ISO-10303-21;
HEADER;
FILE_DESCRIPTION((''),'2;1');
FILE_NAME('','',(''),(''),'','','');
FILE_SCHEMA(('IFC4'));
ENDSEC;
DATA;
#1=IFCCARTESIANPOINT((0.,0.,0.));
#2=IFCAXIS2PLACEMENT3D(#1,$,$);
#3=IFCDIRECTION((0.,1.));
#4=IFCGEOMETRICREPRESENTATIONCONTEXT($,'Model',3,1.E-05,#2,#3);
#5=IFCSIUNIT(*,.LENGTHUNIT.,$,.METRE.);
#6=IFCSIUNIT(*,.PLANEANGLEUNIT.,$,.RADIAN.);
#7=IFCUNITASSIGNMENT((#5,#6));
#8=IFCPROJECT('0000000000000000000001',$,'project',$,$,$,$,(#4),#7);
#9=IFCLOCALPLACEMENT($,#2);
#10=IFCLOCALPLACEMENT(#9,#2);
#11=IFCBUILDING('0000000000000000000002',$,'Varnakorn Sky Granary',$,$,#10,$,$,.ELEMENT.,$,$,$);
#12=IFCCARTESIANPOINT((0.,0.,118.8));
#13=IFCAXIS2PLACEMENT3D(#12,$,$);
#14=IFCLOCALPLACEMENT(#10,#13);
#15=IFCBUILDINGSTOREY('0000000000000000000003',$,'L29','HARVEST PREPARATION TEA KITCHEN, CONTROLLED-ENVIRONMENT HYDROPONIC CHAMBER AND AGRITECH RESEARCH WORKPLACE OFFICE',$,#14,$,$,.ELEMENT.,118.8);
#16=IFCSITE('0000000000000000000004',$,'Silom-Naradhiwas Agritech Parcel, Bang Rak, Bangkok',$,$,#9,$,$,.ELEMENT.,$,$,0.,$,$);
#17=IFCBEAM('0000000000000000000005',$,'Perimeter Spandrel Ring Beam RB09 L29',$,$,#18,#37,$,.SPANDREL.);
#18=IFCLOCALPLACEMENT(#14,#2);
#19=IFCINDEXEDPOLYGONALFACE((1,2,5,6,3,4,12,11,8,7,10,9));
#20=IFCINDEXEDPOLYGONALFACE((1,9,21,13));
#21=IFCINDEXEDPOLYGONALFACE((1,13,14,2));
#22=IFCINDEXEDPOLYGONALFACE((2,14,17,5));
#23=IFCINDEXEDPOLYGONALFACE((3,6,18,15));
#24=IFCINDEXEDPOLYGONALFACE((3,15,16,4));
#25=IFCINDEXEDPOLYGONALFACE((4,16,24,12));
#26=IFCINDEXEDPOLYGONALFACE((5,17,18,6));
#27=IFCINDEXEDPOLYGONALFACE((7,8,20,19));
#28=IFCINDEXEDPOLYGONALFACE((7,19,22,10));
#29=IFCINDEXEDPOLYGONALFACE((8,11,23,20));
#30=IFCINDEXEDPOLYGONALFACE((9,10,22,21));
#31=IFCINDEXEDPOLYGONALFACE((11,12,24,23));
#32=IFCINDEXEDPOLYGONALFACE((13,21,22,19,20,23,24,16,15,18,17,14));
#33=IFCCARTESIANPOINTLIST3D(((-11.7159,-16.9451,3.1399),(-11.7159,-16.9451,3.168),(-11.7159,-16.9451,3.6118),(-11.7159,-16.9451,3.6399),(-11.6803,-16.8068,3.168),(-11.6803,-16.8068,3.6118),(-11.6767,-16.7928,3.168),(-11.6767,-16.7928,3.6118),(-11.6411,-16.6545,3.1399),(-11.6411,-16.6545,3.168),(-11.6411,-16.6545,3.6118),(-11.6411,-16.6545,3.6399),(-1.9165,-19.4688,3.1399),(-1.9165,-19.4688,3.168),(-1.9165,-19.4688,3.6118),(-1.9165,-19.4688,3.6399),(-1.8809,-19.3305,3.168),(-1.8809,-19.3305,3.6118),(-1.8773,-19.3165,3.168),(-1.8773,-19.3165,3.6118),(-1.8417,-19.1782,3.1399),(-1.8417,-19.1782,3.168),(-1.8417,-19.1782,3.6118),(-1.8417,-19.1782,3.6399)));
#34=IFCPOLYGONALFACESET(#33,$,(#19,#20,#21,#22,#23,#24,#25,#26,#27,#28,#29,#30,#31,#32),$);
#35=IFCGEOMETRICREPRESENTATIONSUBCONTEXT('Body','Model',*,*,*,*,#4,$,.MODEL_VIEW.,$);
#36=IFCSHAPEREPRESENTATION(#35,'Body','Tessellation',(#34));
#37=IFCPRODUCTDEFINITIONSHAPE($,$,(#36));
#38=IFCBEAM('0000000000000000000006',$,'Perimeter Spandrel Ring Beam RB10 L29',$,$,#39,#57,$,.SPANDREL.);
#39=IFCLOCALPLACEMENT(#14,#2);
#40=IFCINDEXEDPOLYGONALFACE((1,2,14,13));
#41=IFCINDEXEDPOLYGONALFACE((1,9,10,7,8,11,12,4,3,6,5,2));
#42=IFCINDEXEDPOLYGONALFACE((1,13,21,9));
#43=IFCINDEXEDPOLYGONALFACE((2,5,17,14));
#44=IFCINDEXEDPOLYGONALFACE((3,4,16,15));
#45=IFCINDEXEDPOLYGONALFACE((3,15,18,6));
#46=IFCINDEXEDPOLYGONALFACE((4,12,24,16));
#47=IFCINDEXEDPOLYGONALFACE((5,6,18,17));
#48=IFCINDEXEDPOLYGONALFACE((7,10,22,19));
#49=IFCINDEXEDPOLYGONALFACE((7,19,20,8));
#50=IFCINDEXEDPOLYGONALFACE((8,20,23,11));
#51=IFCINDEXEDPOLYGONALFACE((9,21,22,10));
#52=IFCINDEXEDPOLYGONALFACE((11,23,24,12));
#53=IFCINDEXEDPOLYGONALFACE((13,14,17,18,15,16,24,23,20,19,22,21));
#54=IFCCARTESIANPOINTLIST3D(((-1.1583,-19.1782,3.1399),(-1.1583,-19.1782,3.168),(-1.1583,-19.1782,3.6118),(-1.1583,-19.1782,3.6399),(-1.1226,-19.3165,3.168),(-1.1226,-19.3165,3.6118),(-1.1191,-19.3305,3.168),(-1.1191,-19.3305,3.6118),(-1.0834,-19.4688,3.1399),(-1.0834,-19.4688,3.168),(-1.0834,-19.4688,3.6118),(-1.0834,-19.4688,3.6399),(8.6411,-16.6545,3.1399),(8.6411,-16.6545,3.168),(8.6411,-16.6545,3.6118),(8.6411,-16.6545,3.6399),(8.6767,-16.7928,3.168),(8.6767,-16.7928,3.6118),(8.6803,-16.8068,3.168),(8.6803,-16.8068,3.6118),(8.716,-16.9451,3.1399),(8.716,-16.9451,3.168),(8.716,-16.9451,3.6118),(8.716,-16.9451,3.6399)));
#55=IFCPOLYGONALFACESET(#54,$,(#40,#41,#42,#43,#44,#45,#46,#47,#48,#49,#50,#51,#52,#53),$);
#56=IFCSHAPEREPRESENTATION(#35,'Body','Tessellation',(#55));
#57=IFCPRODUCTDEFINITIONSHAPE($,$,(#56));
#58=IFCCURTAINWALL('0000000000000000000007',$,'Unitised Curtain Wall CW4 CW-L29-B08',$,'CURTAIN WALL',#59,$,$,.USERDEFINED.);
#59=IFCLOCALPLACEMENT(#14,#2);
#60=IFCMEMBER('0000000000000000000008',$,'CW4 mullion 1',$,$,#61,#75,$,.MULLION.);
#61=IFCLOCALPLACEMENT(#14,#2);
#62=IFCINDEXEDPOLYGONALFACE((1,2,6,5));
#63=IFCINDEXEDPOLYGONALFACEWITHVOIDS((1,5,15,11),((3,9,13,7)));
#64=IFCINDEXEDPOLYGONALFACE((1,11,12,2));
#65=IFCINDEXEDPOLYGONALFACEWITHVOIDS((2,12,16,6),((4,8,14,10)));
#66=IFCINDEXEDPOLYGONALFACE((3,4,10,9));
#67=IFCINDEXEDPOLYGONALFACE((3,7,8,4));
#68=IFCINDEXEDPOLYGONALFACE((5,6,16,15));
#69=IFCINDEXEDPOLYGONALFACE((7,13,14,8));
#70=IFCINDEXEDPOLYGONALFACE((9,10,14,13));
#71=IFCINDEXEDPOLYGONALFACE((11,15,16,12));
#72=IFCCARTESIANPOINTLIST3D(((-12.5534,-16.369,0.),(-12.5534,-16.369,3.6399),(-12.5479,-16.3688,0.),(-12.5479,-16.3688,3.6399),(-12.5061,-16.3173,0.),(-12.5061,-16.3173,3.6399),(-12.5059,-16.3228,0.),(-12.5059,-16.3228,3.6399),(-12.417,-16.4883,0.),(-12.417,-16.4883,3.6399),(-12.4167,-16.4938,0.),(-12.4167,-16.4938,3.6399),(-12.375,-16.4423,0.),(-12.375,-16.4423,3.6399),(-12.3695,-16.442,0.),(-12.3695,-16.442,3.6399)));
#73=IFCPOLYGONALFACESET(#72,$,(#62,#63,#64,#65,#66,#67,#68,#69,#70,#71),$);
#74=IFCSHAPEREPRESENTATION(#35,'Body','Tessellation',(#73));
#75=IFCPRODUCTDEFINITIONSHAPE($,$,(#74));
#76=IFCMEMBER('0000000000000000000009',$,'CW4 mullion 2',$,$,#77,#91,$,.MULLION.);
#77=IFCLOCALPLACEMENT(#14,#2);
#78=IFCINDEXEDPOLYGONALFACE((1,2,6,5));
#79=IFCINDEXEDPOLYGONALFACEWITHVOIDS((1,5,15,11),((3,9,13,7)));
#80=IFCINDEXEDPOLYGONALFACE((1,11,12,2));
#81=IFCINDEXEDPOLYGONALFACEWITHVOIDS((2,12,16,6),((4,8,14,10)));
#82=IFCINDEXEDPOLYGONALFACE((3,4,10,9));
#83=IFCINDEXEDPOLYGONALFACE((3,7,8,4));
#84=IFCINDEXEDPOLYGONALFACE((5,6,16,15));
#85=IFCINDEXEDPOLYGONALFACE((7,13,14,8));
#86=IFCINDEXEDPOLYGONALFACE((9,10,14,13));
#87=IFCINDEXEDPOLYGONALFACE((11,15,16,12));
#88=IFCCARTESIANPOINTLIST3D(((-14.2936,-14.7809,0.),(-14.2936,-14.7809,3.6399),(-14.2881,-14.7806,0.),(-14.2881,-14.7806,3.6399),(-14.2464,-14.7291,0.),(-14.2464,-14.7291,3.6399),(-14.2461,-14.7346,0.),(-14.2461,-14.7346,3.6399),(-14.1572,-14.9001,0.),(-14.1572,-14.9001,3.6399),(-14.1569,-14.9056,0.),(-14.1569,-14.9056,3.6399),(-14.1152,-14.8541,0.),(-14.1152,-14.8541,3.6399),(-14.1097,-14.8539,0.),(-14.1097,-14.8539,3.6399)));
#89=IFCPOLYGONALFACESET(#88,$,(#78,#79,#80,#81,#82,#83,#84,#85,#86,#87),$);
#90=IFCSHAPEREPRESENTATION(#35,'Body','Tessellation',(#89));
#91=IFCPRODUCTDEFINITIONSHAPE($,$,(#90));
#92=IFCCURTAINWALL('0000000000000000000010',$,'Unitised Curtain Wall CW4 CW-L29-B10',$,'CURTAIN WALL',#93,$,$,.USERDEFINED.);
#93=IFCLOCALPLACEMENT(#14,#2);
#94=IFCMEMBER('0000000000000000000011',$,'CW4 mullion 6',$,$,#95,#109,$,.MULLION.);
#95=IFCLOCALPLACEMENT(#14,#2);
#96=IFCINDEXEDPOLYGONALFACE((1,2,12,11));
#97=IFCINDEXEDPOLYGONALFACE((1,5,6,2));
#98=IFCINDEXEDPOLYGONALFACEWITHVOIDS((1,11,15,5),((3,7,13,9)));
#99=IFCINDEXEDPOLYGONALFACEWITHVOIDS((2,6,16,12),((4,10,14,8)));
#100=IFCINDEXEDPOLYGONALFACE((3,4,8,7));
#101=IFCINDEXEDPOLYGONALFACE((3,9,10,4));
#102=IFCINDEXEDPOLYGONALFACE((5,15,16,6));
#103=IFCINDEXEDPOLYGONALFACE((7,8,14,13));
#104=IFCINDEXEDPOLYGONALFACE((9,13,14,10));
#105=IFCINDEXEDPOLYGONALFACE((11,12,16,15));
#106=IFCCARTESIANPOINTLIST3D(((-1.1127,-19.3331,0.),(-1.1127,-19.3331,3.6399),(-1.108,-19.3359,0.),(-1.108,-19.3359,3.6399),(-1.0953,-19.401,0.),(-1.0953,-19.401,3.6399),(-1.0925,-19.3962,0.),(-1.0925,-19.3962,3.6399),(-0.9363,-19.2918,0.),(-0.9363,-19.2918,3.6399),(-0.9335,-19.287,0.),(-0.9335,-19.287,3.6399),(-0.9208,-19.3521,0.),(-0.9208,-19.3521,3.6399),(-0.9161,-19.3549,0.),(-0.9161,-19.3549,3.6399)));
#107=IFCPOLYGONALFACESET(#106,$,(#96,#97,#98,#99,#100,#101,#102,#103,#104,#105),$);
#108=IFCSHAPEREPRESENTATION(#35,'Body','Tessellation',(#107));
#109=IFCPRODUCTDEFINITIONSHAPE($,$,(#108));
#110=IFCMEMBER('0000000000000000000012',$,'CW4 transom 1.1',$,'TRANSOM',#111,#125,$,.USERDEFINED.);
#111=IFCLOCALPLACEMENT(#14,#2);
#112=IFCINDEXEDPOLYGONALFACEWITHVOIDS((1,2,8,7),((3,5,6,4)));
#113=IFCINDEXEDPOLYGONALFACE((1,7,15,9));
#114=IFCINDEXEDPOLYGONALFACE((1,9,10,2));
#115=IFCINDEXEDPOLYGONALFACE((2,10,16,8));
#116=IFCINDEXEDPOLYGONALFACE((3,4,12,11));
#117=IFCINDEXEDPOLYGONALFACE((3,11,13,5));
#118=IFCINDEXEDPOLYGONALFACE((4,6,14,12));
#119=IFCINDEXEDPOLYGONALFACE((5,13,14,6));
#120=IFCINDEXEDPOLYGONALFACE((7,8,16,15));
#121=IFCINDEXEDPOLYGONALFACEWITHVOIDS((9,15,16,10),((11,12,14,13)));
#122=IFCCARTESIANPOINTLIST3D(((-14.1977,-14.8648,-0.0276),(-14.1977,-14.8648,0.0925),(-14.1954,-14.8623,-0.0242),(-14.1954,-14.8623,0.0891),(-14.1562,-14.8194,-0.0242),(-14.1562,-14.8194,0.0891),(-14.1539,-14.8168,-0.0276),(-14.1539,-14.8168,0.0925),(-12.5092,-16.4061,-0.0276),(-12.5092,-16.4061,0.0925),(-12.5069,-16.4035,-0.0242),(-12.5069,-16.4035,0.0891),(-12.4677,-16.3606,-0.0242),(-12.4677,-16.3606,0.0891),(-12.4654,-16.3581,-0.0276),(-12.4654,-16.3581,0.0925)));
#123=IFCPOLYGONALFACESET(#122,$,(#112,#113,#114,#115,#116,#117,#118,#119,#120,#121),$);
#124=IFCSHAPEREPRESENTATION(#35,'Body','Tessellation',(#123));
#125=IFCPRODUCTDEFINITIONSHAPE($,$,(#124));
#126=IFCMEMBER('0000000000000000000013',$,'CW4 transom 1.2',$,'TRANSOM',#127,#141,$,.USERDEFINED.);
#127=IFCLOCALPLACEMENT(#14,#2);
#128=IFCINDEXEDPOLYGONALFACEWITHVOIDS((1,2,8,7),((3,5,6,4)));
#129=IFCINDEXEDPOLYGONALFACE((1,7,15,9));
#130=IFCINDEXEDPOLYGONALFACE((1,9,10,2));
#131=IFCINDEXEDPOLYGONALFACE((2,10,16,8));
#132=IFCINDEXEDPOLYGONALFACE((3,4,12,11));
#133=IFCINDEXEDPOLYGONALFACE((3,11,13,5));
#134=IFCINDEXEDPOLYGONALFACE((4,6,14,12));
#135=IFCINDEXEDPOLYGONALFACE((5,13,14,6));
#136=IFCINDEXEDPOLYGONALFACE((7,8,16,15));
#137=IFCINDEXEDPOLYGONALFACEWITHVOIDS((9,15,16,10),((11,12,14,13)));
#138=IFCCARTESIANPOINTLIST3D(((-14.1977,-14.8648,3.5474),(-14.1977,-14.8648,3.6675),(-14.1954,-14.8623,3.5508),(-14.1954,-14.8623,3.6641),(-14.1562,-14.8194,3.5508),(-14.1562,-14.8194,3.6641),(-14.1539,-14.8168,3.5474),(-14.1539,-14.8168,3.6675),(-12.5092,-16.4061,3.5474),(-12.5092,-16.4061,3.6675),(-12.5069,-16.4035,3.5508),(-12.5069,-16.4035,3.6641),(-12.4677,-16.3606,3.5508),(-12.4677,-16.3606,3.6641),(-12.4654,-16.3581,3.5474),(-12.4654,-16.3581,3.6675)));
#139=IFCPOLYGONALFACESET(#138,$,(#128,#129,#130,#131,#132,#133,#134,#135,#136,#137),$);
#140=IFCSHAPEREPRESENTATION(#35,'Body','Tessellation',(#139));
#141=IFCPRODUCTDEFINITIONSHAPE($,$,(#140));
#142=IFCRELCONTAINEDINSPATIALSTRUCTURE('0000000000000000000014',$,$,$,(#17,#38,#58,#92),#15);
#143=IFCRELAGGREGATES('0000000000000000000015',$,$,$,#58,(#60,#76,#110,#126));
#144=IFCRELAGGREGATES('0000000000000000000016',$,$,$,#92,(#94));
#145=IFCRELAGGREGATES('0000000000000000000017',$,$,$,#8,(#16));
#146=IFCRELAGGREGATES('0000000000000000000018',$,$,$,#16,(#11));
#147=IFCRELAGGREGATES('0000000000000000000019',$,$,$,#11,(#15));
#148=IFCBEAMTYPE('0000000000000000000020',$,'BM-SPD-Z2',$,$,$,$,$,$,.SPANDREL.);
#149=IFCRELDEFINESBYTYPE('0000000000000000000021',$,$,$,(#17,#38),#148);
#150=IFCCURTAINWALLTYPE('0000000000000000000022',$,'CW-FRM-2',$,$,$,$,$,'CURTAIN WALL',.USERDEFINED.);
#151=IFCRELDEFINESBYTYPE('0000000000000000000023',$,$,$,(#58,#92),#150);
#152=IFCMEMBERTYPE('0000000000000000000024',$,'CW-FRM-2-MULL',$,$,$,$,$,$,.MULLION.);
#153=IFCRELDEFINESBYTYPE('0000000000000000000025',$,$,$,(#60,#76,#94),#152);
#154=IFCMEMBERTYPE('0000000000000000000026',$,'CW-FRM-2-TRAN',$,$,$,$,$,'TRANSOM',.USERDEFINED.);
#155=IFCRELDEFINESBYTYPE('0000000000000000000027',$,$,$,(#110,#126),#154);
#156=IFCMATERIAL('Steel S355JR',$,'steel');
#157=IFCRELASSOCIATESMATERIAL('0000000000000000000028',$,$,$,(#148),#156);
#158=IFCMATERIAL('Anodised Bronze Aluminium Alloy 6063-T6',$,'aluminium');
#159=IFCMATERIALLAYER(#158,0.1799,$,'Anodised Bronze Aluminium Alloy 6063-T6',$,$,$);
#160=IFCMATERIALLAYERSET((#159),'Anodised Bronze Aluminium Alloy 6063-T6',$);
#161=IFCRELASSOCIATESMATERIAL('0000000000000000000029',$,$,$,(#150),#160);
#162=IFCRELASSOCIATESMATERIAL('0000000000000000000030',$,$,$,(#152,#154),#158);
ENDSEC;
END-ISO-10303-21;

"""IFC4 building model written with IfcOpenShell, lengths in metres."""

from ifc_helpers import new_model, si_unit, direction, frame, origin, origin_2d, place, context, subcontext, project, spatial, hollow_rectangle, i_section, extrude, material, layer, layer_set, material_profile, profile_set, type_object, element, aggregate, save


model = new_model("IFC4")

# Units and contexts
model_context = context("Model", 3, precision=1e-05, world=origin(), true_north=direction((0.0, 1.0)))
body_context = subcontext(model_context, "Body", "Model", "MODEL_VIEW")
ifc_project = project(units=[si_unit("LENGTHUNIT", "METRE"), si_unit("PLANEANGLEUNIT", "RADIAN")], contexts=[model_context])

# Site, building, storey
site_placement = place(None, origin())
site = spatial("IfcSite", under=ifc_project, at=site_placement, Name="Silom-Naradhiwas Agritech Parcel, Bang Rak, Bangkok", CompositionType="ELEMENT", RefElevation=0.0)
building_placement = place(site_placement, origin())
building = spatial("IfcBuilding", under=site, at=building_placement, Name="Varnakorn Sky Granary", CompositionType="ELEMENT")
storey_placement = place(building_placement, frame((0.0, 0.0, 118.8)))
storey = spatial("IfcBuildingStorey", under=building, at=storey_placement, Name="L29", Description="HARVEST PREPARATION TEA KITCHEN, CONTROLLED-ENVIRONMENT HYDROPONIC CHAMBER AND AGRITECH RESEARCH WORKPLACE OFFICE", CompositionType="ELEMENT", Elevation=118.8)

# Beams
ifc_material_1 = material(Name="Steel S355JR", Category="steel")
ifc_material_profile_1 = material_profile(ifc_material_1, i_section(OverallWidth=0.3, OverallDepth=0.5, WebThickness=0.0144, FlangeThickness=0.0281, at=origin_2d()), Name="HE 500 B")
ifc_profile_set_1 = profile_set([ifc_material_profile_1], Name="Steel S355JR")
beam_type_1 = type_object("IfcBeamType", Name="BM-SPD-Z2", PredefinedType="SPANDREL", material=ifc_profile_set_1)
for number, where, z_axis, x_axis, name in (
    (1, (-11.6785, -16.7998, 3.3899), (0.968401, -0.249399, 0.0), (0.249399, 0.968401, 0.0), "Perimeter Spandrel Ring Beam RB09 L29"),
    (2, (-1.1208, -19.3235, 3.3899), (0.968401, 0.249399, 0.0), (-0.249399, 0.968401, 0.0), "Perimeter Spandrel Ring Beam RB10 L29"),
):
    element("IfcBeam", number, at=place(storey_placement, frame(where, z_axis=z_axis, x_axis=x_axis)), inside=storey, type_object=beam_type_1, Name=name, PredefinedType="SPANDREL", context=body_context, shape_type="SweptSolid", body=[
        extrude(i_section(OverallWidth=0.3, OverallDepth=0.5, WebThickness=0.0144, FlangeThickness=0.0281, at=origin_2d()), origin(), (0.0, 0.0, 1.0), 10.1191),
    ])

# Curtain wall, members
ifc_material_2 = material(Name="Anodised Bronze Aluminium Alloy 6063-T6", Category="aluminium")
ifc_layer_1 = layer(ifc_material_2, 0.1799, Name="Anodised Bronze Aluminium Alloy 6063-T6")
ifc_layer_set_1 = layer_set([ifc_layer_1], Name="Anodised Bronze Aluminium Alloy 6063-T6")
curtain_wall_type = type_object("IfcCurtainWallType", Name="CW-FRM-2", ElementType="CURTAIN WALL", PredefinedType="USERDEFINED", material=ifc_layer_set_1)
curtain_wall_1_placement = place(storey_placement, origin())
curtain_wall_1 = element("IfcCurtainWall", 3, at=curtain_wall_1_placement, inside=storey, type_object=curtain_wall_type, Name="Unitised Curtain Wall CW4 CW-L29-B08", ObjectType="CURTAIN WALL", PredefinedType="USERDEFINED")
ifc_material_profile_2 = material_profile(ifc_material_2, hollow_rectangle(XDim=0.0701, YDim=0.1851, WallThickness=0.0039, at=origin_2d()), Name="ALU MULL 70x185")
ifc_profile_set_2 = profile_set([ifc_material_profile_2], Name="Anodised Bronze Aluminium Alloy 6063-T6")
member_type_1 = type_object("IfcMemberType", Name="CW-FRM-2-MULL", PredefinedType="MULLION", material=ifc_profile_set_2)
member_1_placement = place(storey_placement, frame((-12.4614, -16.4055, 0.0), z_axis=(0.0, 0.0, 1.0), x_axis=(-0.674153, -0.738592, 0.0)))
member_1 = element("IfcMember", 4, at=member_1_placement, type_object=member_type_1, Name="CW4 mullion 1", PredefinedType="MULLION", context=body_context, shape_type="SweptSolid", body=[
    extrude(hollow_rectangle(XDim=0.0701, YDim=0.1851, WallThickness=0.0039, at=origin_2d()), origin(), (0.0, 0.0, 1.0), 3.6399),
])
member_2_placement = place(storey_placement, frame((-14.2017, -14.8174, 0.0), z_axis=(0.0, 0.0, 1.0), x_axis=(-0.674153, -0.738592, 0.0)))
member_2 = element("IfcMember", 5, at=member_2_placement, type_object=member_type_1, Name="CW4 mullion 2", PredefinedType="MULLION", context=body_context, shape_type="SweptSolid", body=[
    extrude(hollow_rectangle(XDim=0.0701, YDim=0.1851, WallThickness=0.0039, at=origin_2d()), origin(), (0.0, 0.0, 1.0), 3.6399),
])

# Curtain wall, member
curtain_wall_2_placement = place(storey_placement, origin())
curtain_wall_2 = element("IfcCurtainWall", 6, at=curtain_wall_2_placement, inside=storey, type_object=curtain_wall_type, Name="Unitised Curtain Wall CW4 CW-L29-B10", ObjectType="CURTAIN WALL", PredefinedType="USERDEFINED")
member_3_placement = place(storey_placement, frame((-1.0144, -19.344, 0.0), z_axis=(0.0, 0.0, 1.0), x_axis=(0.249196, -0.968453, 0.0)))
member_3 = element("IfcMember", 7, at=member_3_placement, type_object=member_type_1, Name="CW4 mullion 6", PredefinedType="MULLION", context=body_context, shape_type="SweptSolid", body=[
    extrude(hollow_rectangle(XDim=0.0701, YDim=0.1851, WallThickness=0.0039, at=origin_2d()), origin(), (0.0, 0.0, 1.0), 3.6399),
])

# Members
ifc_material_profile_3 = material_profile(ifc_material_2, hollow_rectangle(XDim=0.0649, YDim=0.1201, WallThickness=0.0034, at=origin_2d()), Name="ALU TRAN 65x120")
ifc_profile_set_3 = profile_set([ifc_material_profile_3], Name="Anodised Bronze Aluminium Alloy 6063-T6")
member_type_2 = type_object("IfcMemberType", Name="CW-FRM-2-TRAN", ElementType="TRANSOM", PredefinedType="USERDEFINED", material=ifc_profile_set_3)
member_4_placement = place(storey_placement, frame((-12.4873, -16.3821, 0.0325), z_axis=(-0.738571, 0.674176, 0.0), x_axis=(-0.674176, -0.738571, 0.0)))
member_4 = element("IfcMember", 8, at=member_4_placement, type_object=member_type_2, Name="CW4 transom 1.1", ObjectType="TRANSOM", PredefinedType="USERDEFINED", context=body_context, shape_type="SweptSolid", body=[
    extrude(hollow_rectangle(XDim=0.0649, YDim=0.1201, WallThickness=0.0034, at=origin_2d()), origin(), (0.0, 0.0, 1.0), 2.2861),
])
member_5_placement = place(storey_placement, frame((-12.4873, -16.3821, 3.6074), z_axis=(-0.738571, 0.674176, 0.0), x_axis=(-0.674176, -0.738571, 0.0)))
member_5 = element("IfcMember", 9, at=member_5_placement, type_object=member_type_2, Name="CW4 transom 1.2", ObjectType="TRANSOM", PredefinedType="USERDEFINED", context=body_context, shape_type="SweptSolid", body=[
    extrude(hollow_rectangle(XDim=0.0649, YDim=0.1201, WallThickness=0.0034, at=origin_2d()), origin(), (0.0, 0.0, 1.0), 2.2861),
])

aggregate(curtain_wall_1, [member_1, member_2, member_4, member_5])
aggregate(curtain_wall_2, [member_3])

save(model, "model.ifc")
